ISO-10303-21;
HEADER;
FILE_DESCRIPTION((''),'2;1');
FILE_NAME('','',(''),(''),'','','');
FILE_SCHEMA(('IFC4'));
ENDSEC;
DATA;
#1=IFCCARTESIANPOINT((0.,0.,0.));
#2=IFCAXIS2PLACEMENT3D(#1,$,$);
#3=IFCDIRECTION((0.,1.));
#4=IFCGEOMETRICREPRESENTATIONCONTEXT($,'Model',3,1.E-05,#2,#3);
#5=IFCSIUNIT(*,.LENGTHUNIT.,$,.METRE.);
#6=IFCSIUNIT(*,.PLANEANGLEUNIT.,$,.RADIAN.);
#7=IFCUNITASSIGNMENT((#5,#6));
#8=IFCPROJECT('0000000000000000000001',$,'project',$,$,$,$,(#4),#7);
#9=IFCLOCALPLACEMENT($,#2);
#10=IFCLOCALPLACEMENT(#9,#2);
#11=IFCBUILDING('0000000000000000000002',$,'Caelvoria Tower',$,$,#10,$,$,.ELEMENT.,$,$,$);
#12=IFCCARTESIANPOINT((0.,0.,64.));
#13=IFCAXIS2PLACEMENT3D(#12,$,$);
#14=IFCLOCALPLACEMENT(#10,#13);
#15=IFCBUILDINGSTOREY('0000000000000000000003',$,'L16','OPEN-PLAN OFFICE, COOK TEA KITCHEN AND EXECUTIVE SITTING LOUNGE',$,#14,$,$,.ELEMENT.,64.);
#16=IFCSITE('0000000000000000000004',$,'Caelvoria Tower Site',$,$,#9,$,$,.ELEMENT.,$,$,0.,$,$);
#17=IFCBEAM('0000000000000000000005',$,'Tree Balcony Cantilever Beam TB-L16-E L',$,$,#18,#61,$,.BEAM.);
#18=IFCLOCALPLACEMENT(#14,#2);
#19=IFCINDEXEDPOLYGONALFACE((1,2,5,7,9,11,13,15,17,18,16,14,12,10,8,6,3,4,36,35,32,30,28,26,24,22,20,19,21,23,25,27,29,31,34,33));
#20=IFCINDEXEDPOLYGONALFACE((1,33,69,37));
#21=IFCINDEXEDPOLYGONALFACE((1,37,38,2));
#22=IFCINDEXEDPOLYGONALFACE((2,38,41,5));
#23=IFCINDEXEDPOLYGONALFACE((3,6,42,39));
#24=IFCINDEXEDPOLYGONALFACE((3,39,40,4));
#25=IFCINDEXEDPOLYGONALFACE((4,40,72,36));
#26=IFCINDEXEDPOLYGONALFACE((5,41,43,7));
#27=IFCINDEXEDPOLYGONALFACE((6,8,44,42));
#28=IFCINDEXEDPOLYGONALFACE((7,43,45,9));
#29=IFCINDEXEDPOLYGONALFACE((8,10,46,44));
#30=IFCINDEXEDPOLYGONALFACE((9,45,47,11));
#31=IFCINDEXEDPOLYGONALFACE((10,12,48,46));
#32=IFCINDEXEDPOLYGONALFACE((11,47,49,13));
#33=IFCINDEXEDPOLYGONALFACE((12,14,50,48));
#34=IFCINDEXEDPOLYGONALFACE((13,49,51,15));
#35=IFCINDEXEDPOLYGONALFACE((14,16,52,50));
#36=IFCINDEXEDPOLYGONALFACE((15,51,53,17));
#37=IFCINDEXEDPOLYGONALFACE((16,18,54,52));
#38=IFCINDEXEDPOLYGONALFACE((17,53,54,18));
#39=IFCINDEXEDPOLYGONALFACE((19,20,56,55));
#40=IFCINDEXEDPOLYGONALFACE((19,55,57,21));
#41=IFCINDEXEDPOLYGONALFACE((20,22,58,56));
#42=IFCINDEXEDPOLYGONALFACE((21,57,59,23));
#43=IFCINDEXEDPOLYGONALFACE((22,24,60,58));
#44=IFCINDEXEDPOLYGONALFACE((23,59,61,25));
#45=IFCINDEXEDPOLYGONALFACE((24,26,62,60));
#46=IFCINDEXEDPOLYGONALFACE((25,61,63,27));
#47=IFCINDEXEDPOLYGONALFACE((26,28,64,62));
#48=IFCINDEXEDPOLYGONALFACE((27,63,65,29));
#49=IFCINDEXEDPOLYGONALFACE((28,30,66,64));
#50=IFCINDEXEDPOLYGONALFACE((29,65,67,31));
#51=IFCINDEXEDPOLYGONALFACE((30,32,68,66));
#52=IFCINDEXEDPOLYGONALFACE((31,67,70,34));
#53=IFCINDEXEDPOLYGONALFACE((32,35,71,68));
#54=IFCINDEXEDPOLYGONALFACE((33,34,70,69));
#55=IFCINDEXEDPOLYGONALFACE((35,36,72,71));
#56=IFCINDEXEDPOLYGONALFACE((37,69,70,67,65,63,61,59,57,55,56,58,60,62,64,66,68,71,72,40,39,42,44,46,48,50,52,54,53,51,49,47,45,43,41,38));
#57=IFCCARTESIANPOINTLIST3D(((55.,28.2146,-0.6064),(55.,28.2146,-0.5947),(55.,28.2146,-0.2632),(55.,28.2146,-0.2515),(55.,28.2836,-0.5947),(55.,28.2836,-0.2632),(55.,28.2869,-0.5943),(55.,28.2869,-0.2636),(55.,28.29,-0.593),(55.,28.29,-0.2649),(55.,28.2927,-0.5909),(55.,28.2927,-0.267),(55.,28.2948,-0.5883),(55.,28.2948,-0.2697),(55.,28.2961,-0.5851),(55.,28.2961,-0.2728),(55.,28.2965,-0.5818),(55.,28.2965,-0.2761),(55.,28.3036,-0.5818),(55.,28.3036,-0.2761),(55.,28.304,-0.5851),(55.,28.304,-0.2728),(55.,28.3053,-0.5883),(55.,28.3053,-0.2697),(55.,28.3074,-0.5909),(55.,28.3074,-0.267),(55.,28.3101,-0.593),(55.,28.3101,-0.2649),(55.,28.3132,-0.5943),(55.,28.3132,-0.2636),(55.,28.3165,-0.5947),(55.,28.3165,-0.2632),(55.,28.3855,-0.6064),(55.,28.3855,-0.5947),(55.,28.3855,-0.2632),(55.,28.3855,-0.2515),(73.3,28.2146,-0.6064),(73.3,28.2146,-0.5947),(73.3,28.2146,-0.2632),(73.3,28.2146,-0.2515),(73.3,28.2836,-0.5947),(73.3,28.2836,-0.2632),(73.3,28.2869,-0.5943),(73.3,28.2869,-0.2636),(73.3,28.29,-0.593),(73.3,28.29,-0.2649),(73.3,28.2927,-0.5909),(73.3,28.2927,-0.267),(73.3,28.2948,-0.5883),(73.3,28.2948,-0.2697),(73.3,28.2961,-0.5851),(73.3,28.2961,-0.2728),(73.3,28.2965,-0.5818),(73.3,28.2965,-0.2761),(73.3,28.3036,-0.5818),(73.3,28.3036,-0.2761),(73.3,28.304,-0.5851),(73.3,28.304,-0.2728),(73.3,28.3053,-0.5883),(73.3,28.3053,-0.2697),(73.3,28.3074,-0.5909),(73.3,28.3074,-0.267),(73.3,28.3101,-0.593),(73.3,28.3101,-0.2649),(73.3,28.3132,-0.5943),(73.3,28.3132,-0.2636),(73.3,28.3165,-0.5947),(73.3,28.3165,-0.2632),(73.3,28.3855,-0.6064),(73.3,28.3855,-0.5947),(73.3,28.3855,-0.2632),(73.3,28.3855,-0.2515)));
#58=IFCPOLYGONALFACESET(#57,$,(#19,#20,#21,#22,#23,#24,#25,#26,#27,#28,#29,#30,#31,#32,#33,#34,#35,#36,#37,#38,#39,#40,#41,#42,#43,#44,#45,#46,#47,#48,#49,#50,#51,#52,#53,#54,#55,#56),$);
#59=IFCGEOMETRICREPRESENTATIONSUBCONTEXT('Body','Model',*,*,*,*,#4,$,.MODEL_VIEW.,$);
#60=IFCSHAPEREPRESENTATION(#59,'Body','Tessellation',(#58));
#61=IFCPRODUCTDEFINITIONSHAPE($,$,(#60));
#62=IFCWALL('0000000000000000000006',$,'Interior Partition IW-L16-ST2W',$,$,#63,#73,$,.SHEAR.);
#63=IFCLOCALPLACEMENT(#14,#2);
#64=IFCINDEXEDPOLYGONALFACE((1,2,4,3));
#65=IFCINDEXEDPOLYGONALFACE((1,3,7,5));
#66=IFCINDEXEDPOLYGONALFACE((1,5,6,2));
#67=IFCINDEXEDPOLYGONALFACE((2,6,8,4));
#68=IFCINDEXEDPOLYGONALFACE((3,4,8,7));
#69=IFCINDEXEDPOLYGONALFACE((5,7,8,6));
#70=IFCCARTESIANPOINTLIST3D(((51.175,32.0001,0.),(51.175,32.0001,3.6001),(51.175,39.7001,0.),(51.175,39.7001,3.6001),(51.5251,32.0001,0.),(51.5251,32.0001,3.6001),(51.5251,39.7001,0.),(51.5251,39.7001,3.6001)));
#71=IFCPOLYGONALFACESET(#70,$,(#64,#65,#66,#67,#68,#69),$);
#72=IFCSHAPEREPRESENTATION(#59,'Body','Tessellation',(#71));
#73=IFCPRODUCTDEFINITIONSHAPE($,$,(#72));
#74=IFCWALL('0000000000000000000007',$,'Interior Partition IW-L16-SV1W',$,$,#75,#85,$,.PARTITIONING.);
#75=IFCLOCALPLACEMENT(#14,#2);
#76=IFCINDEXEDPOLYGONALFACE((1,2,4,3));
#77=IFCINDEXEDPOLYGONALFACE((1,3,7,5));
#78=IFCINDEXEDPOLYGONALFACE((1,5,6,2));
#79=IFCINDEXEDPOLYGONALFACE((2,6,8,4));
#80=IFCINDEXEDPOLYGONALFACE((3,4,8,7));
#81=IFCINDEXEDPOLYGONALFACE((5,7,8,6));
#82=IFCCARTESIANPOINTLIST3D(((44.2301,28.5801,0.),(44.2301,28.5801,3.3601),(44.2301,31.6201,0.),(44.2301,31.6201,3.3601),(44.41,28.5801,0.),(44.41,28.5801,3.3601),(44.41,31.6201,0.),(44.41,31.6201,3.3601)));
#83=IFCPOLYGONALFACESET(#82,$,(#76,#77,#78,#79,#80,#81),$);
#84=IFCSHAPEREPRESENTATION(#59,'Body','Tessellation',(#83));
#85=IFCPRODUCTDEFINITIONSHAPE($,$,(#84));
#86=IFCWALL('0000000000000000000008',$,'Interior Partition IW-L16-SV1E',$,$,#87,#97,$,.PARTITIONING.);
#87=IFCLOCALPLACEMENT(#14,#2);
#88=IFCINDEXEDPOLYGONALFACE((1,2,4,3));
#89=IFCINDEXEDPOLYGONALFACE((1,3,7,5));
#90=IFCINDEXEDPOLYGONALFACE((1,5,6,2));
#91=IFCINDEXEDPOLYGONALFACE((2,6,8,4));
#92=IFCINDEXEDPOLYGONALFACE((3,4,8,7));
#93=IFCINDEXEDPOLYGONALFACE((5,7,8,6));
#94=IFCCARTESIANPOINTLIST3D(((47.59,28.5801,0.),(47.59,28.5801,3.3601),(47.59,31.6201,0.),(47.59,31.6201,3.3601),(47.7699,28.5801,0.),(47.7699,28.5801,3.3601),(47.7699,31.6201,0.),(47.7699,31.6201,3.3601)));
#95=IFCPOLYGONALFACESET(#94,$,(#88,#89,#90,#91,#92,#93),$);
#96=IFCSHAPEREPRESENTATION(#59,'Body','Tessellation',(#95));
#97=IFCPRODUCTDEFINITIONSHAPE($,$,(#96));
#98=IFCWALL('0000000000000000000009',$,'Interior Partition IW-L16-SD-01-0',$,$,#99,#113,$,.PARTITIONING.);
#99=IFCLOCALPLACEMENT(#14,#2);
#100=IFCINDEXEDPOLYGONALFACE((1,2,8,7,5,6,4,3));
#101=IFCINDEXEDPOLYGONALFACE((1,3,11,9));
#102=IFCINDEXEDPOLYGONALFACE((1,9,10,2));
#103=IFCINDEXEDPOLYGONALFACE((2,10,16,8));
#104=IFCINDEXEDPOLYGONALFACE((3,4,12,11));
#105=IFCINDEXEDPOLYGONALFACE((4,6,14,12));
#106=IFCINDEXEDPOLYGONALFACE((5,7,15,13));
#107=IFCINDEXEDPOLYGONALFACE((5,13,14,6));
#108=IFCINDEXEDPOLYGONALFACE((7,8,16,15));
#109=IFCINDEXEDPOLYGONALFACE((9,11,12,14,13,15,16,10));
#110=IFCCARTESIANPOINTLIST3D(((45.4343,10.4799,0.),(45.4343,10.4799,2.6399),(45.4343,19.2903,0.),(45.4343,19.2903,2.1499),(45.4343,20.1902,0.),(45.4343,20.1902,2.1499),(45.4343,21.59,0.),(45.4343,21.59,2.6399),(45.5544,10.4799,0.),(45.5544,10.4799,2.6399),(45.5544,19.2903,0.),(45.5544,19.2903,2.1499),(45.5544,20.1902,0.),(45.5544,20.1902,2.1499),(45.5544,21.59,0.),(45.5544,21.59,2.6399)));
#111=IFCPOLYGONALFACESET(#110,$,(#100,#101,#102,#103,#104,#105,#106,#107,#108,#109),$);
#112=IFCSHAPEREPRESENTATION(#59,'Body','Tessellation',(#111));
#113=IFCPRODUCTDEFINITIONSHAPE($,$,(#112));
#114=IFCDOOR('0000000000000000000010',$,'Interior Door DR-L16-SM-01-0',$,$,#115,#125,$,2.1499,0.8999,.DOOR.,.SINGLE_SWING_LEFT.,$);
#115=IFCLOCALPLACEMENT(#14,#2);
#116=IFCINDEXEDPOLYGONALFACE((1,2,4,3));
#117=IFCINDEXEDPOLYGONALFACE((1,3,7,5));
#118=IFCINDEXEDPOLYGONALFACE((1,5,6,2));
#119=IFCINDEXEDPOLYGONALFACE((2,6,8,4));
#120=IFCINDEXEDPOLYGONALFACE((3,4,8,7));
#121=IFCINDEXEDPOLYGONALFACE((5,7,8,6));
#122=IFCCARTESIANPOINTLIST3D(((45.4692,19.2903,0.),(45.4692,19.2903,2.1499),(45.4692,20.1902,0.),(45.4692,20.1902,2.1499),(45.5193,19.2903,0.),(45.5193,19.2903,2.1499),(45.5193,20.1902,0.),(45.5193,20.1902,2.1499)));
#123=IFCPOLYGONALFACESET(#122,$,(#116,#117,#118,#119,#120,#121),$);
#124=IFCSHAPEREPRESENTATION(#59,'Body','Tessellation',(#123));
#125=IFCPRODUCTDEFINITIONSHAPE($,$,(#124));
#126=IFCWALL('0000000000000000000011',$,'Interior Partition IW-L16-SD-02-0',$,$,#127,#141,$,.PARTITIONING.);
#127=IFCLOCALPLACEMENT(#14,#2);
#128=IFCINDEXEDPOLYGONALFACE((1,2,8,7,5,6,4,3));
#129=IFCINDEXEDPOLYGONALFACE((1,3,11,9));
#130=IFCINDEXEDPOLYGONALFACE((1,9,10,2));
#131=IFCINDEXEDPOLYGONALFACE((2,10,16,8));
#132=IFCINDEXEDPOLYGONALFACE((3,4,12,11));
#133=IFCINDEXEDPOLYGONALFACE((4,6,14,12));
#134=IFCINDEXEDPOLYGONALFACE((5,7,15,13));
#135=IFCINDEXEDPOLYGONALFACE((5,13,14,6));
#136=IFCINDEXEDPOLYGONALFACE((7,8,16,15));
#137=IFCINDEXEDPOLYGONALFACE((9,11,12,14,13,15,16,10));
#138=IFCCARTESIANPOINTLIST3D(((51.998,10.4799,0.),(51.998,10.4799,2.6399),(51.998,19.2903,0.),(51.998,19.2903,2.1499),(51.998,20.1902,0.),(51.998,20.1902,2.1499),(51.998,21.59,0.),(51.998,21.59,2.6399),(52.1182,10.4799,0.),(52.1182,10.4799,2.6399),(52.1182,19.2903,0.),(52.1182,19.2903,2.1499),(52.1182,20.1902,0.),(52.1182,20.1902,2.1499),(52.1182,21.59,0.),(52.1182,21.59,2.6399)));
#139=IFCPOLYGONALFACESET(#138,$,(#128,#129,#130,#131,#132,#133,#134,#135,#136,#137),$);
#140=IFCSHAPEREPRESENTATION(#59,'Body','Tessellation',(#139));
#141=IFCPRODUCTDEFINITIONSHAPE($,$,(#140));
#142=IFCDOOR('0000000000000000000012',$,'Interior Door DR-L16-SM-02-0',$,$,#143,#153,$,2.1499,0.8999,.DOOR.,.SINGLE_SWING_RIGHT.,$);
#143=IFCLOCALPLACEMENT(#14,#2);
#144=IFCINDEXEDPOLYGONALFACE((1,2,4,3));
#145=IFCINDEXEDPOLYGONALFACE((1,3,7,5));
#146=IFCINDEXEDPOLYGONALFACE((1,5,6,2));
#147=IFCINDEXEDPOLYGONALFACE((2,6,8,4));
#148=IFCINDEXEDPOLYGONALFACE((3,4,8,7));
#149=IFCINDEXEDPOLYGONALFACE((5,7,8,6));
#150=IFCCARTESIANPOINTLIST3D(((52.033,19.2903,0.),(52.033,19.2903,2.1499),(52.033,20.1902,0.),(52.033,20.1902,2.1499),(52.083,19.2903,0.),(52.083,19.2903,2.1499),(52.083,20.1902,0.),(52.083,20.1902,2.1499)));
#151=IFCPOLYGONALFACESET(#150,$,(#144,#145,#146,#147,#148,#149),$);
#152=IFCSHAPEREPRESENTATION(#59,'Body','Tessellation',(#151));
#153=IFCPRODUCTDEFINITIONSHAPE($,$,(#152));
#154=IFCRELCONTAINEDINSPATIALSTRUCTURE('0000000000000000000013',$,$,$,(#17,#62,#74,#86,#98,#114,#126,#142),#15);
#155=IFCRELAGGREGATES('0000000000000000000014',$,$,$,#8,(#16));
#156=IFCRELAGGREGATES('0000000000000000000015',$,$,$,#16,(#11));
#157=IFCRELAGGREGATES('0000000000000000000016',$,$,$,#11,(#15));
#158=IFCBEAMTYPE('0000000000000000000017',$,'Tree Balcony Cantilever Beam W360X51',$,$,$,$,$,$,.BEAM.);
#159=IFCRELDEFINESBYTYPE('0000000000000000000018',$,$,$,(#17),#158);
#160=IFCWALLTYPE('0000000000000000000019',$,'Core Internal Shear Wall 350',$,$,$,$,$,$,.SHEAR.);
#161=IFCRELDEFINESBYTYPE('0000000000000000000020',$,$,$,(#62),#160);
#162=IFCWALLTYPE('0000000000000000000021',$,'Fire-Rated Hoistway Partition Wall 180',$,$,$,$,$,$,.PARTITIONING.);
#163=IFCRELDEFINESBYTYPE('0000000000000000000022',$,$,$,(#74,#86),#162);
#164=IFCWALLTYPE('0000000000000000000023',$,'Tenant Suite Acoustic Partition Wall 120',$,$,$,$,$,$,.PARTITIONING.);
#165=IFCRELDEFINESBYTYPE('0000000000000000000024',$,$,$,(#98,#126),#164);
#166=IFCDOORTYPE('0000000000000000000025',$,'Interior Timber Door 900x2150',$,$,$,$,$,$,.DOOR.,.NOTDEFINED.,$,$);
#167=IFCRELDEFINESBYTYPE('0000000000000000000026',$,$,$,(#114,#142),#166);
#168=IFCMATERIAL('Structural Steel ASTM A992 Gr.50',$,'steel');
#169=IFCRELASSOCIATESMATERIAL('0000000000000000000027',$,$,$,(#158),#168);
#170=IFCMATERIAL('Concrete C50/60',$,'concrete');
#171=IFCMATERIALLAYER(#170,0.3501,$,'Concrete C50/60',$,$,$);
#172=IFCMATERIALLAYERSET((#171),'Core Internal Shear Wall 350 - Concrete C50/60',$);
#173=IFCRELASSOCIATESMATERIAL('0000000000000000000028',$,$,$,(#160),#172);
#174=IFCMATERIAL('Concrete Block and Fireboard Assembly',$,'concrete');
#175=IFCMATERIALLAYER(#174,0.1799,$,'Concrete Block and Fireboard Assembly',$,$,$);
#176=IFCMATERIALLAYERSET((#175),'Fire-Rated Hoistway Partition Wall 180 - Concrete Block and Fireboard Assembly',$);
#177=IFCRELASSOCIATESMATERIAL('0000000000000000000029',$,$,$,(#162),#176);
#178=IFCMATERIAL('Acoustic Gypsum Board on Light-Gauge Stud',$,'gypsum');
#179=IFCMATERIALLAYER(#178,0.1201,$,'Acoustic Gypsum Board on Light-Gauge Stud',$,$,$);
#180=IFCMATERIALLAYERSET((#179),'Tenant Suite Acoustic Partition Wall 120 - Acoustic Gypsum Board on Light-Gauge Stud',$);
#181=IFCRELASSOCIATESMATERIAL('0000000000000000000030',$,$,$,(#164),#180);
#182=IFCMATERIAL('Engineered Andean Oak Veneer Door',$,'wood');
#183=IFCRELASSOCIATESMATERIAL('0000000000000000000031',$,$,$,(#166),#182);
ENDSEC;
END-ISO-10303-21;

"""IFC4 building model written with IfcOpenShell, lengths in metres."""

from ifc_helpers import new_model, si_unit, direction, frame, frame_2d, origin, origin_2d, place, context, subcontext, project, spatial, rectangle, i_section, extrude, material, layer, layer_set, material_profile, profile_set, type_object, element, fill, save


model = new_model("IFC4")

# Units and contexts
model_context = context("Model", 3, precision=1e-05, world=origin(), true_north=direction((0.0, 1.0)))
body_context = subcontext(model_context, "Body", "Model", "MODEL_VIEW")
ifc_project = project(units=[si_unit("LENGTHUNIT", "METRE"), si_unit("PLANEANGLEUNIT", "RADIAN")], contexts=[model_context])

# Site, building, storey
site_placement = place(None, origin())
site = spatial("IfcSite", under=ifc_project, at=site_placement, Name="Caelvoria Tower Site", CompositionType="ELEMENT", RefElevation=0.0)
building_placement = place(site_placement, origin())
building = spatial("IfcBuilding", under=site, at=building_placement, Name="Caelvoria Tower", CompositionType="ELEMENT")
storey_placement = place(building_placement, frame((0.0, 0.0, 64.0)))
storey = spatial("IfcBuildingStorey", under=building, at=storey_placement, Name="L16", Description="OPEN-PLAN OFFICE, COOK TEA KITCHEN AND EXECUTIVE SITTING LOUNGE", CompositionType="ELEMENT", Elevation=64.0)

# Beam
ifc_material_1 = material(Name="Structural Steel ASTM A992 Gr.50", Category="steel")
ifc_material_profile_1 = material_profile(ifc_material_1, i_section(OverallWidth=0.1709, OverallDepth=0.355, WebThickness=0.0071, FlangeThickness=0.0117, FilletRadius=0.0129, at=origin_2d()), Name="Structural Steel ASTM A992 Gr.50")
ifc_profile_set_1 = profile_set([ifc_material_profile_1], Name="W360X51 - Structural Steel ASTM A992 Gr.50")
beam_type_1 = type_object("IfcBeamType", Name="Tree Balcony Cantilever Beam W360X51", PredefinedType="BEAM", material=ifc_profile_set_1)
beam_1_placement = place(storey_placement, frame((55.0, 28.3, -0.429), z_axis=(1.0, 0.0, 0.0), x_axis=(0.0, 1.0, 0.0)))
element("IfcBeam", 1, at=beam_1_placement, inside=storey, type_object=beam_type_1, Name="Tree Balcony Cantilever Beam TB-L16-E L", PredefinedType="BEAM", context=body_context, shape_type="SweptSolid", body=[
    extrude(i_section(OverallWidth=0.1709, OverallDepth=0.355, WebThickness=0.0071, FlangeThickness=0.0117, FilletRadius=0.0129, at=origin_2d()), origin(), (0.0, 0.0, 1.0), 18.3),
])

# Walls
ifc_material_2 = material(Name="Concrete C50/60", Category="concrete")
ifc_layer_1 = layer(ifc_material_2, 0.3501, Name="Concrete C50/60")
ifc_layer_set_1 = layer_set([ifc_layer_1], Name="Core Internal Shear Wall 350 - Concrete C50/60")
wall_type_1 = type_object("IfcWallType", Name="Core Internal Shear Wall 350", PredefinedType="SHEAR", material=ifc_layer_set_1)
wall_1_placement = place(storey_placement, frame((51.3501, 32.0, 0.0), z_axis=(0.0, 0.0, 1.0), x_axis=(0.0, 1.0, 0.0)))
element("IfcWall", 2, at=wall_1_placement, inside=storey, type_object=wall_type_1, Name="Interior Partition IW-L16-ST2W", PredefinedType="SHEAR", context=body_context, shape_type="SweptSolid", body=[
    extrude(rectangle(XDim=7.7, YDim=0.3501, at=frame_2d((3.8501, 0.0))), origin(), (0.0, 0.0, 1.0), 3.6001),
])
ifc_material_3 = material(Name="Concrete Block and Fireboard Assembly", Category="concrete")
ifc_layer_2 = layer(ifc_material_3, 0.1799, Name="Concrete Block and Fireboard Assembly")
ifc_layer_set_2 = layer_set([ifc_layer_2], Name="Fire-Rated Hoistway Partition Wall 180 - Concrete Block and Fireboard Assembly")
wall_type_2 = type_object("IfcWallType", Name="Fire-Rated Hoistway Partition Wall 180", PredefinedType="PARTITIONING", material=ifc_layer_set_2)
for number, where, z_axis, x_axis, name in (
    (3, (44.3201, 28.5801, 0.0), (0.0, 0.0, 1.0), (0.0, 1.0, 0.0), "Interior Partition IW-L16-SV1W"),
    (4, (47.6799, 28.5801, 0.0), (0.0, 0.0, 1.0), (0.0, 1.0, 0.0), "Interior Partition IW-L16-SV1E"),
):
    element("IfcWall", number, at=place(storey_placement, frame(where, z_axis=z_axis, x_axis=x_axis)), inside=storey, type_object=wall_type_2, Name=name, PredefinedType="PARTITIONING", context=body_context, shape_type="SweptSolid", body=[
        extrude(rectangle(XDim=3.04, YDim=0.1799, at=frame_2d((1.52, 0.0))), origin(), (0.0, 0.0, 1.0), 3.3601),
    ])

# Walls, openings, doors
ifc_material_4 = material(Name="Acoustic Gypsum Board on Light-Gauge Stud", Category="gypsum")
ifc_layer_3 = layer(ifc_material_4, 0.1201, Name="Acoustic Gypsum Board on Light-Gauge Stud")
ifc_layer_set_3 = layer_set([ifc_layer_3], Name="Tenant Suite Acoustic Partition Wall 120 - Acoustic Gypsum Board on Light-Gauge Stud")
wall_type_3 = type_object("IfcWallType", Name="Tenant Suite Acoustic Partition Wall 120", PredefinedType="PARTITIONING", material=ifc_layer_set_3)
wall_2_placement = place(storey_placement, frame((45.4944, 21.5901, 0.0), z_axis=(0.0, 0.0, 1.0), x_axis=(0.0, -1.0, 0.0)))
wall_2 = element("IfcWall", 5, at=wall_2_placement, inside=storey, type_object=wall_type_3, Name="Interior Partition IW-L16-SD-01-0", PredefinedType="PARTITIONING", context=body_context, shape_type="SweptSolid", body=[
    extrude(rectangle(XDim=11.1101, YDim=0.1201, at=frame_2d((5.5552, 0.0))), origin(), (0.0, 0.0, 1.0), 2.6399),
])
opening_1_placement = place(wall_2_placement, frame((1.3999, 0.0, 0.0)))
opening_1 = element("IfcOpeningElement", 6, at=opening_1_placement, cuts=wall_2, PredefinedType="OPENING", context=body_context, shape_type="SweptSolid", body=[
    extrude(rectangle(XDim=0.8999, YDim=2.1499, at=frame_2d((0.45, 1.075))), frame((0.0, 0.0701, 0.0), z_axis=(0.0, -1.0, 0.0), x_axis=(1.0, 0.0, 0.0)), (0.0, 0.0, 1.0), 0.1401),
])
ifc_material_5 = material(Name="Engineered Andean Oak Veneer Door", Category="wood")
door_type_1 = type_object("IfcDoorType", Name="Interior Timber Door 900x2150", OperationType="NOTDEFINED", PredefinedType="DOOR", material=ifc_material_5)
door_1_placement = place(opening_1_placement, origin())
door_1 = element("IfcDoor", 7, at=door_1_placement, inside=storey, type_object=door_type_1, Name="Interior Door DR-L16-SM-01-0", OperationType="SINGLE_SWING_LEFT", OverallHeight=2.1499, OverallWidth=0.8999, PredefinedType="DOOR", context=body_context, shape_type="SweptSolid", body=[
    extrude(rectangle(XDim=0.8999, YDim=2.1499, at=frame_2d((0.45, 1.075))), frame((0.0, 0.0249, 0.0), z_axis=(0.0, -1.0, 0.0), x_axis=(1.0, 0.0, 0.0)), (0.0, 0.0, 1.0), 0.05),
])
fill(opening_1, door_1)
wall_3_placement = place(storey_placement, frame((52.0581, 21.5901, 0.0), z_axis=(0.0, 0.0, 1.0), x_axis=(0.0, -1.0, 0.0)))
wall_3 = element("IfcWall", 8, at=wall_3_placement, inside=storey, type_object=wall_type_3, Name="Interior Partition IW-L16-SD-02-0", PredefinedType="PARTITIONING", context=body_context, shape_type="SweptSolid", body=[
    extrude(rectangle(XDim=11.1101, YDim=0.1201, at=frame_2d((5.5552, 0.0))), origin(), (0.0, 0.0, 1.0), 2.6399),
])
opening_2_placement = place(wall_3_placement, frame((1.3999, 0.0, 0.0)))
opening_2 = element("IfcOpeningElement", 9, at=opening_2_placement, cuts=wall_3, PredefinedType="OPENING", context=body_context, shape_type="SweptSolid", body=[
    extrude(rectangle(XDim=0.8999, YDim=2.1499, at=frame_2d((0.45, 1.075))), frame((0.0, 0.0701, 0.0), z_axis=(0.0, -1.0, 0.0), x_axis=(1.0, 0.0, 0.0)), (0.0, 0.0, 1.0), 0.1401),
])
door_2_placement = place(opening_2_placement, origin())
door_2 = element("IfcDoor", 10, at=door_2_placement, inside=storey, type_object=door_type_1, Name="Interior Door DR-L16-SM-02-0", OperationType="SINGLE_SWING_RIGHT", OverallHeight=2.1499, OverallWidth=0.8999, PredefinedType="DOOR", context=body_context, shape_type="SweptSolid", body=[
    extrude(rectangle(XDim=0.8999, YDim=2.1499, at=frame_2d((0.45, 1.075))), frame((0.0, 0.0249, 0.0), z_axis=(0.0, -1.0, 0.0), x_axis=(1.0, 0.0, 0.0)), (0.0, 0.0, 1.0), 0.05),
])
fill(opening_2, door_2)

save(model, "model.ifc")
